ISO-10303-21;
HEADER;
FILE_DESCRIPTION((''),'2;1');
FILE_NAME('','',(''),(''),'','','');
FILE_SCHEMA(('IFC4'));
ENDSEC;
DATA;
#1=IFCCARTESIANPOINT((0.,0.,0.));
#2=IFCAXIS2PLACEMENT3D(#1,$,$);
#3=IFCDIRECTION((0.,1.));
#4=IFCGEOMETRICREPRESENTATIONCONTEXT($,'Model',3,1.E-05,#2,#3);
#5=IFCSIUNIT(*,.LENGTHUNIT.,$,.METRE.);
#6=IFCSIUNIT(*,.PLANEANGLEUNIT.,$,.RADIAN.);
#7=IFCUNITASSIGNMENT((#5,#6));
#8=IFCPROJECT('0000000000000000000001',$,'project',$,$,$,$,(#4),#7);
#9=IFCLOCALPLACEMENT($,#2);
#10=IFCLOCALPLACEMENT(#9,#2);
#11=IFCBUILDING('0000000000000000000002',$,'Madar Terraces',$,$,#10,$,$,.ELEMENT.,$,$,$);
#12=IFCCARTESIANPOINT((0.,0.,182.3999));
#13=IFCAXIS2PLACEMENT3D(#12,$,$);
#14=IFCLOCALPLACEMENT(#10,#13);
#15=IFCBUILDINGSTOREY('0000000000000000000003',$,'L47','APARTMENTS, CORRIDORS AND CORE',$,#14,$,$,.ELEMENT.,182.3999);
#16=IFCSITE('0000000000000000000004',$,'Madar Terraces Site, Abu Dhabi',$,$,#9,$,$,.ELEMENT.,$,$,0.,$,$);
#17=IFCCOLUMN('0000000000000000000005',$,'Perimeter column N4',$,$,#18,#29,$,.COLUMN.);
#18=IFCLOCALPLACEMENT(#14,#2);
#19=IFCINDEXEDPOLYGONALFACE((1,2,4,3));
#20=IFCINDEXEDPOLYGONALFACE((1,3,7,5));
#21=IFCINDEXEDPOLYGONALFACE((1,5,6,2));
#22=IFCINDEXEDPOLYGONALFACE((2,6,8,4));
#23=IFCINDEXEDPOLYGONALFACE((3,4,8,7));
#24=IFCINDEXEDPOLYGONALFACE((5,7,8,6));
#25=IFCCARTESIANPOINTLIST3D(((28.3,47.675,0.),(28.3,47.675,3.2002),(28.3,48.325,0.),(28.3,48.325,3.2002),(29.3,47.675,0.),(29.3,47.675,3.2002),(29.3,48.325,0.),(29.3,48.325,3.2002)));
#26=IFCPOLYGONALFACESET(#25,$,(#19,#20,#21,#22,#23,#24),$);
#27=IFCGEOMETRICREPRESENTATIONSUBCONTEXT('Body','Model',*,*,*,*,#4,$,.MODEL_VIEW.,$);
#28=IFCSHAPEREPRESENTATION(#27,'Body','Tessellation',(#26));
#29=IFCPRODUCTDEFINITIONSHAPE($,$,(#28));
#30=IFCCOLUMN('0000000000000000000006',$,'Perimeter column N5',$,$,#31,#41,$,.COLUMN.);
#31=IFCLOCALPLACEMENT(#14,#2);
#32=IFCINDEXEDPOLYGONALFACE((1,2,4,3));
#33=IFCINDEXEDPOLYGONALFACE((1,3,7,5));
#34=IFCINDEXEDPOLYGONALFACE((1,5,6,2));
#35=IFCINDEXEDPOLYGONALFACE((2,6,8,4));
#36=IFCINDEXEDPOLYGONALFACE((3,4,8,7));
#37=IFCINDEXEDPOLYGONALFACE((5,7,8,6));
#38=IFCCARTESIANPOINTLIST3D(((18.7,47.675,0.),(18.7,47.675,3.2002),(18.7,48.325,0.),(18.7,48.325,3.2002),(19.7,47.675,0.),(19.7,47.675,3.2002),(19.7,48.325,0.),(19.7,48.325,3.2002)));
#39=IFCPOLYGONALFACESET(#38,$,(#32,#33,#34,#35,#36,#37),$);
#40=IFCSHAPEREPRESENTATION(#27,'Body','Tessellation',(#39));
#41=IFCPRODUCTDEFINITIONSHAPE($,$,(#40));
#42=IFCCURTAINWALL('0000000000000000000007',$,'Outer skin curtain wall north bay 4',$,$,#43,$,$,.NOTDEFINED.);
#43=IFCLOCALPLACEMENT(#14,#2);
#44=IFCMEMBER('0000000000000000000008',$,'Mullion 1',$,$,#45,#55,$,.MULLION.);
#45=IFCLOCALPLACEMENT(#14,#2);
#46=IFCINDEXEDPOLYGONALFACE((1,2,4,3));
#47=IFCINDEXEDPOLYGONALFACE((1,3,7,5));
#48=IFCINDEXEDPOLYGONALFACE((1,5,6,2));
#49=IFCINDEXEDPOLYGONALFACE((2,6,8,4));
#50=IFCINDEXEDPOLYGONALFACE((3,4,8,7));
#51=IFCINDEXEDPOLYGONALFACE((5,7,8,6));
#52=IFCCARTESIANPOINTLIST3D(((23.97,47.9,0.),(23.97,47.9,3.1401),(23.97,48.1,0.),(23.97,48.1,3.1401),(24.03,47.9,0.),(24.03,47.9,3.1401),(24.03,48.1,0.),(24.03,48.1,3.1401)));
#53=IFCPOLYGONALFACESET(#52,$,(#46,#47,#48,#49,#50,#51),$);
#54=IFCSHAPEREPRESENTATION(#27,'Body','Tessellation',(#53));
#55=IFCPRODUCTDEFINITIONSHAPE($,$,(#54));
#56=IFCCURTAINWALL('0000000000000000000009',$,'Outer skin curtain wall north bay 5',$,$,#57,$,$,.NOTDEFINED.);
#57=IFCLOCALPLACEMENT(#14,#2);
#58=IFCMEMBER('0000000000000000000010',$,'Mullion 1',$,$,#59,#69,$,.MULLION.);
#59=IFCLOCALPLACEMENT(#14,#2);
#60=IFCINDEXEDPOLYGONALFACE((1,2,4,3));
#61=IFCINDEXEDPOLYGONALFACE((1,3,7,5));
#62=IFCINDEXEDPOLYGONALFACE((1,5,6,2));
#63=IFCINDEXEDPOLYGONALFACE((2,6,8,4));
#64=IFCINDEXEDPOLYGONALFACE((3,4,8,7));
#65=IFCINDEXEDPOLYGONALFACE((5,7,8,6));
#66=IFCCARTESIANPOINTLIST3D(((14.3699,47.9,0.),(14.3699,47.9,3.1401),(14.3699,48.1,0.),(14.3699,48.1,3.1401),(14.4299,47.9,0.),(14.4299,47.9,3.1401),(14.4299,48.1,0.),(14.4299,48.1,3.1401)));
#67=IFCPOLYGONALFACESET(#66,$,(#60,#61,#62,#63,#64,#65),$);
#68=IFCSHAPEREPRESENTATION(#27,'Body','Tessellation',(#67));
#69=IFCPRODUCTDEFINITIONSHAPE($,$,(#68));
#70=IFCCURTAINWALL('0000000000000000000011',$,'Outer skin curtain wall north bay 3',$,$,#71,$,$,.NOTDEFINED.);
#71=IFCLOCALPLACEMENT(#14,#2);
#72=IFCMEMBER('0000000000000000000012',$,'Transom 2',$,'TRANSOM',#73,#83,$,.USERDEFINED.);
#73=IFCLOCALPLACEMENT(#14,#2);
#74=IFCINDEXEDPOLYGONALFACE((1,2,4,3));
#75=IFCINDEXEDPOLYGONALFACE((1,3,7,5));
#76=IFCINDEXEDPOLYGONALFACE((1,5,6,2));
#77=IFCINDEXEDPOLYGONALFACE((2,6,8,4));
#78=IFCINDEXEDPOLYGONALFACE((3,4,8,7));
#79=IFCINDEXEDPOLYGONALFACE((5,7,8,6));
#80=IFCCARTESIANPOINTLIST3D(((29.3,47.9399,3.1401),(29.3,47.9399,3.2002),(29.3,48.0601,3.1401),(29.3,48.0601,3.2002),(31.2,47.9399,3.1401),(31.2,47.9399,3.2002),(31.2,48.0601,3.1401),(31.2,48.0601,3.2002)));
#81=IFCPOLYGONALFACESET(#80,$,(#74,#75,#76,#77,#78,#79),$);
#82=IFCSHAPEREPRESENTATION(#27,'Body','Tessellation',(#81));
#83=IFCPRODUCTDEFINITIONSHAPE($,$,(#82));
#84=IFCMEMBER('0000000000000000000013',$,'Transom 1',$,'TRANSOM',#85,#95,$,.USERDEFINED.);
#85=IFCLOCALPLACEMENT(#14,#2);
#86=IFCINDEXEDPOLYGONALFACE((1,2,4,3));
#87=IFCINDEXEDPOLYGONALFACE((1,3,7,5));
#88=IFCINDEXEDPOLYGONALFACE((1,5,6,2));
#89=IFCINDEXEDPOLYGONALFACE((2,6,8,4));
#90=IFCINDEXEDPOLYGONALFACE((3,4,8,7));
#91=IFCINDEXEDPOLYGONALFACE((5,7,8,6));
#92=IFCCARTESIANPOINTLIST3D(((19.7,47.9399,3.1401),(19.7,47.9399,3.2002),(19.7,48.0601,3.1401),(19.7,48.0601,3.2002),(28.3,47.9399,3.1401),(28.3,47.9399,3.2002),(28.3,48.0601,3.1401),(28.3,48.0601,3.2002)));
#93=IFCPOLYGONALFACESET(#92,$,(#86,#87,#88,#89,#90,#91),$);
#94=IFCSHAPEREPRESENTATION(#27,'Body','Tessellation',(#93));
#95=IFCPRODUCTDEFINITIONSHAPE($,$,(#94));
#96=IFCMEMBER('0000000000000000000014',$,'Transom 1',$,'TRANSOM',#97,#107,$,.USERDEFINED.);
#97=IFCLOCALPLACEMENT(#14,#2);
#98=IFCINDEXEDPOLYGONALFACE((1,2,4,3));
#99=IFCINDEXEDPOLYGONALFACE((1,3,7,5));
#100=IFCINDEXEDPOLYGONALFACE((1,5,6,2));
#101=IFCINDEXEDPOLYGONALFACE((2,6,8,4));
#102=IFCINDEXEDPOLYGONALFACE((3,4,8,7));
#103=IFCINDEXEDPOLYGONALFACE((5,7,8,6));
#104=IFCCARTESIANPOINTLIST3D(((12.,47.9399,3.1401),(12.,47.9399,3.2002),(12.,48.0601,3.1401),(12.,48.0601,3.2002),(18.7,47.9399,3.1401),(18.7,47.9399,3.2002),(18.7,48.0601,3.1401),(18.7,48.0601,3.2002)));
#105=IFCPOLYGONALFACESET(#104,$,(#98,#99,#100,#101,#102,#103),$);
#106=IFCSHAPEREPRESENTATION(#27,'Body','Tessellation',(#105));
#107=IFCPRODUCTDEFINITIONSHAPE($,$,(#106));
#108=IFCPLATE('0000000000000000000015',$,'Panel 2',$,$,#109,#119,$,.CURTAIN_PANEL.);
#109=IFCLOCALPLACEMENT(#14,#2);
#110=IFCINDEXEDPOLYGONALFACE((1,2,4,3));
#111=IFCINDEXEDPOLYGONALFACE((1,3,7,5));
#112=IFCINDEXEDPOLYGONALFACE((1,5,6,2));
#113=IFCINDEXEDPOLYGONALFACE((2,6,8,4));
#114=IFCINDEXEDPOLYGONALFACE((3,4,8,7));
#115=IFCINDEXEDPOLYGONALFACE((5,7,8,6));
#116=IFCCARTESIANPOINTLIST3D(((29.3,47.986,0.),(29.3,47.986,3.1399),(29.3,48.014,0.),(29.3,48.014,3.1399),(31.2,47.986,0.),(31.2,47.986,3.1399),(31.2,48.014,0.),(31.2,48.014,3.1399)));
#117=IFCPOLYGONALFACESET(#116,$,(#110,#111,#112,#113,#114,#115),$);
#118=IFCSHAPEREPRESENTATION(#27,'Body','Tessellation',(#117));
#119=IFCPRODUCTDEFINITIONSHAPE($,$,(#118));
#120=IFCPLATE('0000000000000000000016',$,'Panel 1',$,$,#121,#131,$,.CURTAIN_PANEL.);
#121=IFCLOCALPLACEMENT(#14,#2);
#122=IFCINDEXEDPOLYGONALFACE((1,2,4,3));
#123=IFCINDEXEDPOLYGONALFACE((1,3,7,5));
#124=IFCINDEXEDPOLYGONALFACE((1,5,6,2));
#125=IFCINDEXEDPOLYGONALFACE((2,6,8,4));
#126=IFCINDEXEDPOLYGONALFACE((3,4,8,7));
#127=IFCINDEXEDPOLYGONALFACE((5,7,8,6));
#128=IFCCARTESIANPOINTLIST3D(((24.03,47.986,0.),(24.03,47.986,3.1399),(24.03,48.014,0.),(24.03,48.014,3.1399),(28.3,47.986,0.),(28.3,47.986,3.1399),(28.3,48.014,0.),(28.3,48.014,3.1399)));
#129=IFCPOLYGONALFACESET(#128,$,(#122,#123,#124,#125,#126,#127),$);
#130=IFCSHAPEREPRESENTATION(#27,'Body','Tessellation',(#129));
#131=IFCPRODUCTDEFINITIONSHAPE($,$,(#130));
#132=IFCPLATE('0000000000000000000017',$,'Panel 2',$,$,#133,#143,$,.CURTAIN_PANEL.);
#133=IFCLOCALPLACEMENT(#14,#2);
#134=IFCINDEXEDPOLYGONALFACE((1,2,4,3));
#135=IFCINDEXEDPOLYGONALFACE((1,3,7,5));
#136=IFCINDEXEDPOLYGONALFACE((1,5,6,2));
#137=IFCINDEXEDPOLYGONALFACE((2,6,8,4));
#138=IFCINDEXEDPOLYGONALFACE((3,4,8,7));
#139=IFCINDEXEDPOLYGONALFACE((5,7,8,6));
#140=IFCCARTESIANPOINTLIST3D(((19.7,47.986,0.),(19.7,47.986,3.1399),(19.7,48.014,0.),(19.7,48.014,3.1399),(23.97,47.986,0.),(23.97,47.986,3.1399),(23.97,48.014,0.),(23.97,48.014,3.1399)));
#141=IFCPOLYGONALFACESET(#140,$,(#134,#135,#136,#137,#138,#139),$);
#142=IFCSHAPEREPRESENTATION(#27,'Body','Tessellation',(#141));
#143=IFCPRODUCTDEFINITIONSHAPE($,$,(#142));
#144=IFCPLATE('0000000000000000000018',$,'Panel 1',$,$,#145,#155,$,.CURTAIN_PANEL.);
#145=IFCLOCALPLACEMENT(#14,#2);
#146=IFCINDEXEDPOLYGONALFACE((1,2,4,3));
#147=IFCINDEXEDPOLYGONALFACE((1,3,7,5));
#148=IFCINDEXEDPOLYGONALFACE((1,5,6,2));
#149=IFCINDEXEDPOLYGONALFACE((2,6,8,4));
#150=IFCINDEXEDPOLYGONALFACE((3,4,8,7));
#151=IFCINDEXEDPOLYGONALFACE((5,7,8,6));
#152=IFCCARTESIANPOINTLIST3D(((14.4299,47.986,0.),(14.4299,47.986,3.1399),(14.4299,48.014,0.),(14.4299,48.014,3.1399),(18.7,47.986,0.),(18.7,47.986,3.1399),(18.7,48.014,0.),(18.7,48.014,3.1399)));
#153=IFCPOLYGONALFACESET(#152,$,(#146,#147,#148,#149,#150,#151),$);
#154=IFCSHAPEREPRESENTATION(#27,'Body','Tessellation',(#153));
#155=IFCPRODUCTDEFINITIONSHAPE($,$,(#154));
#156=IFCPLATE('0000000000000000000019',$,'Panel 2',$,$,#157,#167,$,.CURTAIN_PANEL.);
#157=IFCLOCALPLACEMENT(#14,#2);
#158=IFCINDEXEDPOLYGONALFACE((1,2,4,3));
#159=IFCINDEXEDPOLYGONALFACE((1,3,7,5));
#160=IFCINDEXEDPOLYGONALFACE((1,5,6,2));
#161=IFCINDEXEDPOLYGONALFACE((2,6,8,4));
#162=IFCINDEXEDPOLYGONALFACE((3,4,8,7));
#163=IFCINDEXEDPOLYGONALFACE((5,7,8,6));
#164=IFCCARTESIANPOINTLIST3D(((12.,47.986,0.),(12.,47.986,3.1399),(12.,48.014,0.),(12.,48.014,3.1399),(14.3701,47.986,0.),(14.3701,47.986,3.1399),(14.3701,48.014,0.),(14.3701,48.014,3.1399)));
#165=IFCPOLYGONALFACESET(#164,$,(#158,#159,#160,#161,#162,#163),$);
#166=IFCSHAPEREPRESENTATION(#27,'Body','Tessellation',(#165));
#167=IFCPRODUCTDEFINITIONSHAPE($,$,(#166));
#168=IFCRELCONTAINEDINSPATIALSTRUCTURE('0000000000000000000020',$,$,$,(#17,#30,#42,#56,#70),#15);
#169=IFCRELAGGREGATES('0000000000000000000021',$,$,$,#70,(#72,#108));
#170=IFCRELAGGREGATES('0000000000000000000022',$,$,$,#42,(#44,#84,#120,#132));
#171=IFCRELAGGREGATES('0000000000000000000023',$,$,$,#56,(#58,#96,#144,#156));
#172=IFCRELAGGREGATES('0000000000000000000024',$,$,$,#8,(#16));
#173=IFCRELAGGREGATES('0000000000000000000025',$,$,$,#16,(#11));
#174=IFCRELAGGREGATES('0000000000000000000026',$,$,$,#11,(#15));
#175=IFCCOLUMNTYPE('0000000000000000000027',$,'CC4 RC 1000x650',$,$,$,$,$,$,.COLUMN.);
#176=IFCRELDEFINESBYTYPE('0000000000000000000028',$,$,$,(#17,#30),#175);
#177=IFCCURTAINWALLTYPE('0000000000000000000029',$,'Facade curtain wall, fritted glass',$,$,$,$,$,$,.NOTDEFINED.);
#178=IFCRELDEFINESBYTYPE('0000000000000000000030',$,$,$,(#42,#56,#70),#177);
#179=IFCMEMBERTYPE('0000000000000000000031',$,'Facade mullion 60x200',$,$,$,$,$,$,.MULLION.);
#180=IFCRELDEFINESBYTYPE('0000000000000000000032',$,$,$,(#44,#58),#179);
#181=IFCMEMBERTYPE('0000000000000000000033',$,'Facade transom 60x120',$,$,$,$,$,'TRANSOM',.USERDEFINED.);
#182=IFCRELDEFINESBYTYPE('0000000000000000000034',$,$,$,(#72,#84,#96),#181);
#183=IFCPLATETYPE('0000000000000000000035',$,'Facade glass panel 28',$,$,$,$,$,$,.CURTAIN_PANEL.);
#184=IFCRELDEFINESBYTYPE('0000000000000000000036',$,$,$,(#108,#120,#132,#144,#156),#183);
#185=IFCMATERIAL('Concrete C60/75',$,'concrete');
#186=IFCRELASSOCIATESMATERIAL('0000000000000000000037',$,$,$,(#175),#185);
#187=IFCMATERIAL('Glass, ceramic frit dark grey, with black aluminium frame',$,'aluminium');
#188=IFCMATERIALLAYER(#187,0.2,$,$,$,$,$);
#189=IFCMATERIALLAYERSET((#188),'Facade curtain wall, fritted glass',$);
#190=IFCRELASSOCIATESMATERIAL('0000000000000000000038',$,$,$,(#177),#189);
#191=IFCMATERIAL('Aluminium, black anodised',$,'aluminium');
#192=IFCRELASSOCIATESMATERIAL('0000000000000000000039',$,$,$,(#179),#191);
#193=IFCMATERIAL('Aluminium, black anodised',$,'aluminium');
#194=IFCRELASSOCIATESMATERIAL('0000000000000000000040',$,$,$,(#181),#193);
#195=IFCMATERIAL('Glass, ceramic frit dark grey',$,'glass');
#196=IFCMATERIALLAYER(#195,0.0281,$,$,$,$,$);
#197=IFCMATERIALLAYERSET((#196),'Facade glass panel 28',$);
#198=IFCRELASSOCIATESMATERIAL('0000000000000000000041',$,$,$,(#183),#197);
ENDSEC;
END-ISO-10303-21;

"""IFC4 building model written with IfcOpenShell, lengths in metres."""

from ifc_helpers import new_model, si_unit, direction, frame, origin, origin_2d, place, context, subcontext, project, spatial, rectangle, extrude, material, layer, layer_set, material_profile, profile_set, type_object, element, aggregate, save


model = new_model("IFC4")

# Units and contexts
model_context = context("Model", 3, precision=1e-05, world=origin(), true_north=direction((0.0, 1.0)))
body_context = subcontext(model_context, "Body", "Model", "MODEL_VIEW")
ifc_project = project(units=[si_unit("LENGTHUNIT", "METRE"), si_unit("PLANEANGLEUNIT", "RADIAN")], contexts=[model_context])

# Site, building, storey
site_placement = place(None, origin())
site = spatial("IfcSite", under=ifc_project, at=site_placement, Name="Madar Terraces Site, Abu Dhabi", CompositionType="ELEMENT", RefElevation=0.0)
building_placement = place(site_placement, origin())
building = spatial("IfcBuilding", under=site, at=building_placement, Name="Madar Terraces", CompositionType="ELEMENT")
storey_placement = place(building_placement, frame((0.0, 0.0, 182.3999)))
storey = spatial("IfcBuildingStorey", under=building, at=storey_placement, Name="L47", Description="APARTMENTS, CORRIDORS AND CORE", CompositionType="ELEMENT", Elevation=182.3999)

# Columns
ifc_material_1 = material(Name="Concrete C60/75", Category="concrete")
ifc_material_profile_1 = material_profile(ifc_material_1, rectangle(XDim=1.0, YDim=0.6499, at=origin_2d()), Name="CC4 RC 1000x650")
ifc_profile_set_1 = profile_set([ifc_material_profile_1], Name="Concrete C60/75")
column_type = type_object("IfcColumnType", Name="CC4 RC 1000x650", PredefinedType="COLUMN", material=ifc_profile_set_1)
for number, where, z_axis, x_axis, name in (
    (1, (28.8, 48.0, 0.0), (0.0, 0.0, 1.0), (1.0, 0.0, 0.0), "Perimeter column N4"),
    (2, (19.2, 48.0, 0.0), (0.0, 0.0, 1.0), (1.0, 0.0, 0.0), "Perimeter column N5"),
):
    element("IfcColumn", number, at=place(storey_placement, frame(where, z_axis=z_axis, x_axis=x_axis)), inside=storey, type_object=column_type, Name=name, PredefinedType="COLUMN", context=body_context, shape_type="SweptSolid", body=[
        extrude(rectangle(XDim=1.0, YDim=0.6499, at=origin_2d()), origin(), (0.0, 0.0, 1.0), 3.2002),
    ])

# Curtain walls, members
ifc_material_2 = material(Name="Glass, ceramic frit dark grey, with black aluminium frame", Category="aluminium")
ifc_layer_1 = layer(ifc_material_2, 0.2)
ifc_layer_set_1 = layer_set([ifc_layer_1], Name="Facade curtain wall, fritted glass")
curtain_wall_type = type_object("IfcCurtainWallType", Name="Facade curtain wall, fritted glass", PredefinedType="NOTDEFINED", material=ifc_layer_set_1)
curtain_wall_1_placement = place(storey_placement, origin())
curtain_wall_1 = element("IfcCurtainWall", 3, at=curtain_wall_1_placement, inside=storey, type_object=curtain_wall_type, Name="Outer skin curtain wall north bay 4", PredefinedType="NOTDEFINED")
ifc_material_3 = material(Name="Aluminium, black anodised", Category="aluminium")
ifc_material_profile_2 = material_profile(ifc_material_3, rectangle(XDim=0.2, YDim=0.0601, at=origin_2d()), Name="Facade mullion 60x200")
ifc_profile_set_2 = profile_set([ifc_material_profile_2], Name="Aluminium, black anodised")
member_type_1 = type_object("IfcMemberType", Name="Facade mullion 60x200", PredefinedType="MULLION", material=ifc_profile_set_2)
member_1_placement = place(storey_placement, frame((24.0, 48.0, 0.0), z_axis=(0.0, 0.0, 1.0), x_axis=(0.0, -1.0, 0.0)))
member_1 = element("IfcMember", 4, at=member_1_placement, type_object=member_type_1, Name="Mullion 1", PredefinedType="MULLION", context=body_context, shape_type="SweptSolid", body=[
    extrude(rectangle(XDim=0.2, YDim=0.0601, at=origin_2d()), origin(), (0.0, 0.0, 1.0), 3.1401),
])
curtain_wall_2_placement = place(storey_placement, origin())
curtain_wall_2 = element("IfcCurtainWall", 5, at=curtain_wall_2_placement, inside=storey, type_object=curtain_wall_type, Name="Outer skin curtain wall north bay 5", PredefinedType="NOTDEFINED")
member_2_placement = place(storey_placement, frame((14.3999, 48.0, 0.0), z_axis=(0.0, 0.0, 1.0), x_axis=(0.0, -1.0, 0.0)))
member_2 = element("IfcMember", 6, at=member_2_placement, type_object=member_type_1, Name="Mullion 1", PredefinedType="MULLION", context=body_context, shape_type="SweptSolid", body=[
    extrude(rectangle(XDim=0.2, YDim=0.0601, at=origin_2d()), origin(), (0.0, 0.0, 1.0), 3.1401),
])
curtain_wall_3_placement = place(storey_placement, origin())
curtain_wall_3 = element("IfcCurtainWall", 7, at=curtain_wall_3_placement, inside=storey, type_object=curtain_wall_type, Name="Outer skin curtain wall north bay 3", PredefinedType="NOTDEFINED")
ifc_material_4 = material(Name="Aluminium, black anodised", Category="aluminium")
ifc_material_profile_3 = material_profile(ifc_material_4, rectangle(XDim=0.1201, YDim=0.0601, at=origin_2d()), Name="Facade transom 60x120")
ifc_profile_set_3 = profile_set([ifc_material_profile_3], Name="Aluminium, black anodised")
member_type_2 = type_object("IfcMemberType", Name="Facade transom 60x120", ElementType="TRANSOM", PredefinedType="USERDEFINED", material=ifc_profile_set_3)
member_3_placement = place(storey_placement, frame((31.2, 48.0, 3.1702), z_axis=(-1.0, 0.0, 0.0), x_axis=(0.0, -1.0, 0.0)))
member_3 = element("IfcMember", 8, at=member_3_placement, type_object=member_type_2, Name="Transom 2", ObjectType="TRANSOM", PredefinedType="USERDEFINED", context=body_context, shape_type="SweptSolid", body=[
    extrude(rectangle(XDim=0.1201, YDim=0.0601, at=origin_2d()), origin(), (0.0, 0.0, 1.0), 1.8999),
])

# Members
member_4_placement = place(storey_placement, frame((28.3, 48.0, 3.1702), z_axis=(-1.0, 0.0, 0.0), x_axis=(0.0, -1.0, 0.0)))
member_4 = element("IfcMember", 9, at=member_4_placement, type_object=member_type_2, Name="Transom 1", ObjectType="TRANSOM", PredefinedType="USERDEFINED", context=body_context, shape_type="SweptSolid", body=[
    extrude(rectangle(XDim=0.1201, YDim=0.0601, at=origin_2d()), origin(), (0.0, 0.0, 1.0), 8.6001),
])
member_5_placement = place(storey_placement, frame((18.7, 48.0, 3.1702), z_axis=(-1.0, 0.0, 0.0), x_axis=(0.0, -1.0, 0.0)))
member_5 = element("IfcMember", 10, at=member_5_placement, type_object=member_type_2, Name="Transom 1", ObjectType="TRANSOM", PredefinedType="USERDEFINED", context=body_context, shape_type="SweptSolid", body=[
    extrude(rectangle(XDim=0.1201, YDim=0.0601, at=origin_2d()), origin(), (0.0, 0.0, 1.0), 6.7),
])

# Plates
ifc_material_5 = material(Name="Glass, ceramic frit dark grey", Category="glass")
ifc_layer_2 = layer(ifc_material_5, 0.0281)
ifc_layer_set_2 = layer_set([ifc_layer_2], Name="Facade glass panel 28")
plate_type = type_object("IfcPlateType", Name="Facade glass panel 28", PredefinedType="CURTAIN_PANEL", material=ifc_layer_set_2)
plate_1_placement = place(storey_placement, frame((30.25, 48.0, 0.0), z_axis=(0.0, 0.0, 1.0), x_axis=(-1.0, 0.0, 0.0)))
plate_1 = element("IfcPlate", 11, at=plate_1_placement, type_object=plate_type, Name="Panel 2", PredefinedType="CURTAIN_PANEL", context=body_context, shape_type="SweptSolid", body=[
    extrude(rectangle(XDim=1.8999, YDim=0.0281, at=origin_2d()), origin(), (0.0, 0.0, 1.0), 3.1399),
])
aggregate(curtain_wall_3, [member_3, plate_1])
plate_2_placement = place(storey_placement, frame((26.165, 48.0, 0.0), z_axis=(0.0, 0.0, 1.0), x_axis=(-1.0, 0.0, 0.0)))
plate_2 = element("IfcPlate", 12, at=plate_2_placement, type_object=plate_type, Name="Panel 1", PredefinedType="CURTAIN_PANEL", context=body_context, shape_type="SweptSolid", body=[
    extrude(rectangle(XDim=4.27, YDim=0.0281, at=origin_2d()), origin(), (0.0, 0.0, 1.0), 3.1399),
])
plate_3_placement = place(storey_placement, frame((21.835, 48.0, 0.0), z_axis=(0.0, 0.0, 1.0), x_axis=(-1.0, 0.0, 0.0)))
plate_3 = element("IfcPlate", 13, at=plate_3_placement, type_object=plate_type, Name="Panel 2", PredefinedType="CURTAIN_PANEL", context=body_context, shape_type="SweptSolid", body=[
    extrude(rectangle(XDim=4.27, YDim=0.0281, at=origin_2d()), origin(), (0.0, 0.0, 1.0), 3.1399),
])
aggregate(curtain_wall_1, [member_1, member_4, plate_2, plate_3])
plate_4_placement = place(storey_placement, frame((16.5649, 48.0, 0.0), z_axis=(0.0, 0.0, 1.0), x_axis=(-1.0, 0.0, 0.0)))
plate_4 = element("IfcPlate", 14, at=plate_4_placement, type_object=plate_type, Name="Panel 1", PredefinedType="CURTAIN_PANEL", context=body_context, shape_type="SweptSolid", body=[
    extrude(rectangle(XDim=4.27, YDim=0.0281, at=origin_2d()), origin(), (0.0, 0.0, 1.0), 3.1399),
])
plate_5_placement = place(storey_placement, frame((13.1851, 48.0, 0.0), z_axis=(0.0, 0.0, 1.0), x_axis=(-1.0, 0.0, 0.0)))
plate_5 = element("IfcPlate", 15, at=plate_5_placement, type_object=plate_type, Name="Panel 2", PredefinedType="CURTAIN_PANEL", context=body_context, shape_type="SweptSolid", body=[
    extrude(rectangle(XDim=2.3701, YDim=0.0281, at=origin_2d()), origin(), (0.0, 0.0, 1.0), 3.1399),
])
aggregate(curtain_wall_2, [member_2, member_5, plate_4, plate_5])

save(model, "model.ifc")
